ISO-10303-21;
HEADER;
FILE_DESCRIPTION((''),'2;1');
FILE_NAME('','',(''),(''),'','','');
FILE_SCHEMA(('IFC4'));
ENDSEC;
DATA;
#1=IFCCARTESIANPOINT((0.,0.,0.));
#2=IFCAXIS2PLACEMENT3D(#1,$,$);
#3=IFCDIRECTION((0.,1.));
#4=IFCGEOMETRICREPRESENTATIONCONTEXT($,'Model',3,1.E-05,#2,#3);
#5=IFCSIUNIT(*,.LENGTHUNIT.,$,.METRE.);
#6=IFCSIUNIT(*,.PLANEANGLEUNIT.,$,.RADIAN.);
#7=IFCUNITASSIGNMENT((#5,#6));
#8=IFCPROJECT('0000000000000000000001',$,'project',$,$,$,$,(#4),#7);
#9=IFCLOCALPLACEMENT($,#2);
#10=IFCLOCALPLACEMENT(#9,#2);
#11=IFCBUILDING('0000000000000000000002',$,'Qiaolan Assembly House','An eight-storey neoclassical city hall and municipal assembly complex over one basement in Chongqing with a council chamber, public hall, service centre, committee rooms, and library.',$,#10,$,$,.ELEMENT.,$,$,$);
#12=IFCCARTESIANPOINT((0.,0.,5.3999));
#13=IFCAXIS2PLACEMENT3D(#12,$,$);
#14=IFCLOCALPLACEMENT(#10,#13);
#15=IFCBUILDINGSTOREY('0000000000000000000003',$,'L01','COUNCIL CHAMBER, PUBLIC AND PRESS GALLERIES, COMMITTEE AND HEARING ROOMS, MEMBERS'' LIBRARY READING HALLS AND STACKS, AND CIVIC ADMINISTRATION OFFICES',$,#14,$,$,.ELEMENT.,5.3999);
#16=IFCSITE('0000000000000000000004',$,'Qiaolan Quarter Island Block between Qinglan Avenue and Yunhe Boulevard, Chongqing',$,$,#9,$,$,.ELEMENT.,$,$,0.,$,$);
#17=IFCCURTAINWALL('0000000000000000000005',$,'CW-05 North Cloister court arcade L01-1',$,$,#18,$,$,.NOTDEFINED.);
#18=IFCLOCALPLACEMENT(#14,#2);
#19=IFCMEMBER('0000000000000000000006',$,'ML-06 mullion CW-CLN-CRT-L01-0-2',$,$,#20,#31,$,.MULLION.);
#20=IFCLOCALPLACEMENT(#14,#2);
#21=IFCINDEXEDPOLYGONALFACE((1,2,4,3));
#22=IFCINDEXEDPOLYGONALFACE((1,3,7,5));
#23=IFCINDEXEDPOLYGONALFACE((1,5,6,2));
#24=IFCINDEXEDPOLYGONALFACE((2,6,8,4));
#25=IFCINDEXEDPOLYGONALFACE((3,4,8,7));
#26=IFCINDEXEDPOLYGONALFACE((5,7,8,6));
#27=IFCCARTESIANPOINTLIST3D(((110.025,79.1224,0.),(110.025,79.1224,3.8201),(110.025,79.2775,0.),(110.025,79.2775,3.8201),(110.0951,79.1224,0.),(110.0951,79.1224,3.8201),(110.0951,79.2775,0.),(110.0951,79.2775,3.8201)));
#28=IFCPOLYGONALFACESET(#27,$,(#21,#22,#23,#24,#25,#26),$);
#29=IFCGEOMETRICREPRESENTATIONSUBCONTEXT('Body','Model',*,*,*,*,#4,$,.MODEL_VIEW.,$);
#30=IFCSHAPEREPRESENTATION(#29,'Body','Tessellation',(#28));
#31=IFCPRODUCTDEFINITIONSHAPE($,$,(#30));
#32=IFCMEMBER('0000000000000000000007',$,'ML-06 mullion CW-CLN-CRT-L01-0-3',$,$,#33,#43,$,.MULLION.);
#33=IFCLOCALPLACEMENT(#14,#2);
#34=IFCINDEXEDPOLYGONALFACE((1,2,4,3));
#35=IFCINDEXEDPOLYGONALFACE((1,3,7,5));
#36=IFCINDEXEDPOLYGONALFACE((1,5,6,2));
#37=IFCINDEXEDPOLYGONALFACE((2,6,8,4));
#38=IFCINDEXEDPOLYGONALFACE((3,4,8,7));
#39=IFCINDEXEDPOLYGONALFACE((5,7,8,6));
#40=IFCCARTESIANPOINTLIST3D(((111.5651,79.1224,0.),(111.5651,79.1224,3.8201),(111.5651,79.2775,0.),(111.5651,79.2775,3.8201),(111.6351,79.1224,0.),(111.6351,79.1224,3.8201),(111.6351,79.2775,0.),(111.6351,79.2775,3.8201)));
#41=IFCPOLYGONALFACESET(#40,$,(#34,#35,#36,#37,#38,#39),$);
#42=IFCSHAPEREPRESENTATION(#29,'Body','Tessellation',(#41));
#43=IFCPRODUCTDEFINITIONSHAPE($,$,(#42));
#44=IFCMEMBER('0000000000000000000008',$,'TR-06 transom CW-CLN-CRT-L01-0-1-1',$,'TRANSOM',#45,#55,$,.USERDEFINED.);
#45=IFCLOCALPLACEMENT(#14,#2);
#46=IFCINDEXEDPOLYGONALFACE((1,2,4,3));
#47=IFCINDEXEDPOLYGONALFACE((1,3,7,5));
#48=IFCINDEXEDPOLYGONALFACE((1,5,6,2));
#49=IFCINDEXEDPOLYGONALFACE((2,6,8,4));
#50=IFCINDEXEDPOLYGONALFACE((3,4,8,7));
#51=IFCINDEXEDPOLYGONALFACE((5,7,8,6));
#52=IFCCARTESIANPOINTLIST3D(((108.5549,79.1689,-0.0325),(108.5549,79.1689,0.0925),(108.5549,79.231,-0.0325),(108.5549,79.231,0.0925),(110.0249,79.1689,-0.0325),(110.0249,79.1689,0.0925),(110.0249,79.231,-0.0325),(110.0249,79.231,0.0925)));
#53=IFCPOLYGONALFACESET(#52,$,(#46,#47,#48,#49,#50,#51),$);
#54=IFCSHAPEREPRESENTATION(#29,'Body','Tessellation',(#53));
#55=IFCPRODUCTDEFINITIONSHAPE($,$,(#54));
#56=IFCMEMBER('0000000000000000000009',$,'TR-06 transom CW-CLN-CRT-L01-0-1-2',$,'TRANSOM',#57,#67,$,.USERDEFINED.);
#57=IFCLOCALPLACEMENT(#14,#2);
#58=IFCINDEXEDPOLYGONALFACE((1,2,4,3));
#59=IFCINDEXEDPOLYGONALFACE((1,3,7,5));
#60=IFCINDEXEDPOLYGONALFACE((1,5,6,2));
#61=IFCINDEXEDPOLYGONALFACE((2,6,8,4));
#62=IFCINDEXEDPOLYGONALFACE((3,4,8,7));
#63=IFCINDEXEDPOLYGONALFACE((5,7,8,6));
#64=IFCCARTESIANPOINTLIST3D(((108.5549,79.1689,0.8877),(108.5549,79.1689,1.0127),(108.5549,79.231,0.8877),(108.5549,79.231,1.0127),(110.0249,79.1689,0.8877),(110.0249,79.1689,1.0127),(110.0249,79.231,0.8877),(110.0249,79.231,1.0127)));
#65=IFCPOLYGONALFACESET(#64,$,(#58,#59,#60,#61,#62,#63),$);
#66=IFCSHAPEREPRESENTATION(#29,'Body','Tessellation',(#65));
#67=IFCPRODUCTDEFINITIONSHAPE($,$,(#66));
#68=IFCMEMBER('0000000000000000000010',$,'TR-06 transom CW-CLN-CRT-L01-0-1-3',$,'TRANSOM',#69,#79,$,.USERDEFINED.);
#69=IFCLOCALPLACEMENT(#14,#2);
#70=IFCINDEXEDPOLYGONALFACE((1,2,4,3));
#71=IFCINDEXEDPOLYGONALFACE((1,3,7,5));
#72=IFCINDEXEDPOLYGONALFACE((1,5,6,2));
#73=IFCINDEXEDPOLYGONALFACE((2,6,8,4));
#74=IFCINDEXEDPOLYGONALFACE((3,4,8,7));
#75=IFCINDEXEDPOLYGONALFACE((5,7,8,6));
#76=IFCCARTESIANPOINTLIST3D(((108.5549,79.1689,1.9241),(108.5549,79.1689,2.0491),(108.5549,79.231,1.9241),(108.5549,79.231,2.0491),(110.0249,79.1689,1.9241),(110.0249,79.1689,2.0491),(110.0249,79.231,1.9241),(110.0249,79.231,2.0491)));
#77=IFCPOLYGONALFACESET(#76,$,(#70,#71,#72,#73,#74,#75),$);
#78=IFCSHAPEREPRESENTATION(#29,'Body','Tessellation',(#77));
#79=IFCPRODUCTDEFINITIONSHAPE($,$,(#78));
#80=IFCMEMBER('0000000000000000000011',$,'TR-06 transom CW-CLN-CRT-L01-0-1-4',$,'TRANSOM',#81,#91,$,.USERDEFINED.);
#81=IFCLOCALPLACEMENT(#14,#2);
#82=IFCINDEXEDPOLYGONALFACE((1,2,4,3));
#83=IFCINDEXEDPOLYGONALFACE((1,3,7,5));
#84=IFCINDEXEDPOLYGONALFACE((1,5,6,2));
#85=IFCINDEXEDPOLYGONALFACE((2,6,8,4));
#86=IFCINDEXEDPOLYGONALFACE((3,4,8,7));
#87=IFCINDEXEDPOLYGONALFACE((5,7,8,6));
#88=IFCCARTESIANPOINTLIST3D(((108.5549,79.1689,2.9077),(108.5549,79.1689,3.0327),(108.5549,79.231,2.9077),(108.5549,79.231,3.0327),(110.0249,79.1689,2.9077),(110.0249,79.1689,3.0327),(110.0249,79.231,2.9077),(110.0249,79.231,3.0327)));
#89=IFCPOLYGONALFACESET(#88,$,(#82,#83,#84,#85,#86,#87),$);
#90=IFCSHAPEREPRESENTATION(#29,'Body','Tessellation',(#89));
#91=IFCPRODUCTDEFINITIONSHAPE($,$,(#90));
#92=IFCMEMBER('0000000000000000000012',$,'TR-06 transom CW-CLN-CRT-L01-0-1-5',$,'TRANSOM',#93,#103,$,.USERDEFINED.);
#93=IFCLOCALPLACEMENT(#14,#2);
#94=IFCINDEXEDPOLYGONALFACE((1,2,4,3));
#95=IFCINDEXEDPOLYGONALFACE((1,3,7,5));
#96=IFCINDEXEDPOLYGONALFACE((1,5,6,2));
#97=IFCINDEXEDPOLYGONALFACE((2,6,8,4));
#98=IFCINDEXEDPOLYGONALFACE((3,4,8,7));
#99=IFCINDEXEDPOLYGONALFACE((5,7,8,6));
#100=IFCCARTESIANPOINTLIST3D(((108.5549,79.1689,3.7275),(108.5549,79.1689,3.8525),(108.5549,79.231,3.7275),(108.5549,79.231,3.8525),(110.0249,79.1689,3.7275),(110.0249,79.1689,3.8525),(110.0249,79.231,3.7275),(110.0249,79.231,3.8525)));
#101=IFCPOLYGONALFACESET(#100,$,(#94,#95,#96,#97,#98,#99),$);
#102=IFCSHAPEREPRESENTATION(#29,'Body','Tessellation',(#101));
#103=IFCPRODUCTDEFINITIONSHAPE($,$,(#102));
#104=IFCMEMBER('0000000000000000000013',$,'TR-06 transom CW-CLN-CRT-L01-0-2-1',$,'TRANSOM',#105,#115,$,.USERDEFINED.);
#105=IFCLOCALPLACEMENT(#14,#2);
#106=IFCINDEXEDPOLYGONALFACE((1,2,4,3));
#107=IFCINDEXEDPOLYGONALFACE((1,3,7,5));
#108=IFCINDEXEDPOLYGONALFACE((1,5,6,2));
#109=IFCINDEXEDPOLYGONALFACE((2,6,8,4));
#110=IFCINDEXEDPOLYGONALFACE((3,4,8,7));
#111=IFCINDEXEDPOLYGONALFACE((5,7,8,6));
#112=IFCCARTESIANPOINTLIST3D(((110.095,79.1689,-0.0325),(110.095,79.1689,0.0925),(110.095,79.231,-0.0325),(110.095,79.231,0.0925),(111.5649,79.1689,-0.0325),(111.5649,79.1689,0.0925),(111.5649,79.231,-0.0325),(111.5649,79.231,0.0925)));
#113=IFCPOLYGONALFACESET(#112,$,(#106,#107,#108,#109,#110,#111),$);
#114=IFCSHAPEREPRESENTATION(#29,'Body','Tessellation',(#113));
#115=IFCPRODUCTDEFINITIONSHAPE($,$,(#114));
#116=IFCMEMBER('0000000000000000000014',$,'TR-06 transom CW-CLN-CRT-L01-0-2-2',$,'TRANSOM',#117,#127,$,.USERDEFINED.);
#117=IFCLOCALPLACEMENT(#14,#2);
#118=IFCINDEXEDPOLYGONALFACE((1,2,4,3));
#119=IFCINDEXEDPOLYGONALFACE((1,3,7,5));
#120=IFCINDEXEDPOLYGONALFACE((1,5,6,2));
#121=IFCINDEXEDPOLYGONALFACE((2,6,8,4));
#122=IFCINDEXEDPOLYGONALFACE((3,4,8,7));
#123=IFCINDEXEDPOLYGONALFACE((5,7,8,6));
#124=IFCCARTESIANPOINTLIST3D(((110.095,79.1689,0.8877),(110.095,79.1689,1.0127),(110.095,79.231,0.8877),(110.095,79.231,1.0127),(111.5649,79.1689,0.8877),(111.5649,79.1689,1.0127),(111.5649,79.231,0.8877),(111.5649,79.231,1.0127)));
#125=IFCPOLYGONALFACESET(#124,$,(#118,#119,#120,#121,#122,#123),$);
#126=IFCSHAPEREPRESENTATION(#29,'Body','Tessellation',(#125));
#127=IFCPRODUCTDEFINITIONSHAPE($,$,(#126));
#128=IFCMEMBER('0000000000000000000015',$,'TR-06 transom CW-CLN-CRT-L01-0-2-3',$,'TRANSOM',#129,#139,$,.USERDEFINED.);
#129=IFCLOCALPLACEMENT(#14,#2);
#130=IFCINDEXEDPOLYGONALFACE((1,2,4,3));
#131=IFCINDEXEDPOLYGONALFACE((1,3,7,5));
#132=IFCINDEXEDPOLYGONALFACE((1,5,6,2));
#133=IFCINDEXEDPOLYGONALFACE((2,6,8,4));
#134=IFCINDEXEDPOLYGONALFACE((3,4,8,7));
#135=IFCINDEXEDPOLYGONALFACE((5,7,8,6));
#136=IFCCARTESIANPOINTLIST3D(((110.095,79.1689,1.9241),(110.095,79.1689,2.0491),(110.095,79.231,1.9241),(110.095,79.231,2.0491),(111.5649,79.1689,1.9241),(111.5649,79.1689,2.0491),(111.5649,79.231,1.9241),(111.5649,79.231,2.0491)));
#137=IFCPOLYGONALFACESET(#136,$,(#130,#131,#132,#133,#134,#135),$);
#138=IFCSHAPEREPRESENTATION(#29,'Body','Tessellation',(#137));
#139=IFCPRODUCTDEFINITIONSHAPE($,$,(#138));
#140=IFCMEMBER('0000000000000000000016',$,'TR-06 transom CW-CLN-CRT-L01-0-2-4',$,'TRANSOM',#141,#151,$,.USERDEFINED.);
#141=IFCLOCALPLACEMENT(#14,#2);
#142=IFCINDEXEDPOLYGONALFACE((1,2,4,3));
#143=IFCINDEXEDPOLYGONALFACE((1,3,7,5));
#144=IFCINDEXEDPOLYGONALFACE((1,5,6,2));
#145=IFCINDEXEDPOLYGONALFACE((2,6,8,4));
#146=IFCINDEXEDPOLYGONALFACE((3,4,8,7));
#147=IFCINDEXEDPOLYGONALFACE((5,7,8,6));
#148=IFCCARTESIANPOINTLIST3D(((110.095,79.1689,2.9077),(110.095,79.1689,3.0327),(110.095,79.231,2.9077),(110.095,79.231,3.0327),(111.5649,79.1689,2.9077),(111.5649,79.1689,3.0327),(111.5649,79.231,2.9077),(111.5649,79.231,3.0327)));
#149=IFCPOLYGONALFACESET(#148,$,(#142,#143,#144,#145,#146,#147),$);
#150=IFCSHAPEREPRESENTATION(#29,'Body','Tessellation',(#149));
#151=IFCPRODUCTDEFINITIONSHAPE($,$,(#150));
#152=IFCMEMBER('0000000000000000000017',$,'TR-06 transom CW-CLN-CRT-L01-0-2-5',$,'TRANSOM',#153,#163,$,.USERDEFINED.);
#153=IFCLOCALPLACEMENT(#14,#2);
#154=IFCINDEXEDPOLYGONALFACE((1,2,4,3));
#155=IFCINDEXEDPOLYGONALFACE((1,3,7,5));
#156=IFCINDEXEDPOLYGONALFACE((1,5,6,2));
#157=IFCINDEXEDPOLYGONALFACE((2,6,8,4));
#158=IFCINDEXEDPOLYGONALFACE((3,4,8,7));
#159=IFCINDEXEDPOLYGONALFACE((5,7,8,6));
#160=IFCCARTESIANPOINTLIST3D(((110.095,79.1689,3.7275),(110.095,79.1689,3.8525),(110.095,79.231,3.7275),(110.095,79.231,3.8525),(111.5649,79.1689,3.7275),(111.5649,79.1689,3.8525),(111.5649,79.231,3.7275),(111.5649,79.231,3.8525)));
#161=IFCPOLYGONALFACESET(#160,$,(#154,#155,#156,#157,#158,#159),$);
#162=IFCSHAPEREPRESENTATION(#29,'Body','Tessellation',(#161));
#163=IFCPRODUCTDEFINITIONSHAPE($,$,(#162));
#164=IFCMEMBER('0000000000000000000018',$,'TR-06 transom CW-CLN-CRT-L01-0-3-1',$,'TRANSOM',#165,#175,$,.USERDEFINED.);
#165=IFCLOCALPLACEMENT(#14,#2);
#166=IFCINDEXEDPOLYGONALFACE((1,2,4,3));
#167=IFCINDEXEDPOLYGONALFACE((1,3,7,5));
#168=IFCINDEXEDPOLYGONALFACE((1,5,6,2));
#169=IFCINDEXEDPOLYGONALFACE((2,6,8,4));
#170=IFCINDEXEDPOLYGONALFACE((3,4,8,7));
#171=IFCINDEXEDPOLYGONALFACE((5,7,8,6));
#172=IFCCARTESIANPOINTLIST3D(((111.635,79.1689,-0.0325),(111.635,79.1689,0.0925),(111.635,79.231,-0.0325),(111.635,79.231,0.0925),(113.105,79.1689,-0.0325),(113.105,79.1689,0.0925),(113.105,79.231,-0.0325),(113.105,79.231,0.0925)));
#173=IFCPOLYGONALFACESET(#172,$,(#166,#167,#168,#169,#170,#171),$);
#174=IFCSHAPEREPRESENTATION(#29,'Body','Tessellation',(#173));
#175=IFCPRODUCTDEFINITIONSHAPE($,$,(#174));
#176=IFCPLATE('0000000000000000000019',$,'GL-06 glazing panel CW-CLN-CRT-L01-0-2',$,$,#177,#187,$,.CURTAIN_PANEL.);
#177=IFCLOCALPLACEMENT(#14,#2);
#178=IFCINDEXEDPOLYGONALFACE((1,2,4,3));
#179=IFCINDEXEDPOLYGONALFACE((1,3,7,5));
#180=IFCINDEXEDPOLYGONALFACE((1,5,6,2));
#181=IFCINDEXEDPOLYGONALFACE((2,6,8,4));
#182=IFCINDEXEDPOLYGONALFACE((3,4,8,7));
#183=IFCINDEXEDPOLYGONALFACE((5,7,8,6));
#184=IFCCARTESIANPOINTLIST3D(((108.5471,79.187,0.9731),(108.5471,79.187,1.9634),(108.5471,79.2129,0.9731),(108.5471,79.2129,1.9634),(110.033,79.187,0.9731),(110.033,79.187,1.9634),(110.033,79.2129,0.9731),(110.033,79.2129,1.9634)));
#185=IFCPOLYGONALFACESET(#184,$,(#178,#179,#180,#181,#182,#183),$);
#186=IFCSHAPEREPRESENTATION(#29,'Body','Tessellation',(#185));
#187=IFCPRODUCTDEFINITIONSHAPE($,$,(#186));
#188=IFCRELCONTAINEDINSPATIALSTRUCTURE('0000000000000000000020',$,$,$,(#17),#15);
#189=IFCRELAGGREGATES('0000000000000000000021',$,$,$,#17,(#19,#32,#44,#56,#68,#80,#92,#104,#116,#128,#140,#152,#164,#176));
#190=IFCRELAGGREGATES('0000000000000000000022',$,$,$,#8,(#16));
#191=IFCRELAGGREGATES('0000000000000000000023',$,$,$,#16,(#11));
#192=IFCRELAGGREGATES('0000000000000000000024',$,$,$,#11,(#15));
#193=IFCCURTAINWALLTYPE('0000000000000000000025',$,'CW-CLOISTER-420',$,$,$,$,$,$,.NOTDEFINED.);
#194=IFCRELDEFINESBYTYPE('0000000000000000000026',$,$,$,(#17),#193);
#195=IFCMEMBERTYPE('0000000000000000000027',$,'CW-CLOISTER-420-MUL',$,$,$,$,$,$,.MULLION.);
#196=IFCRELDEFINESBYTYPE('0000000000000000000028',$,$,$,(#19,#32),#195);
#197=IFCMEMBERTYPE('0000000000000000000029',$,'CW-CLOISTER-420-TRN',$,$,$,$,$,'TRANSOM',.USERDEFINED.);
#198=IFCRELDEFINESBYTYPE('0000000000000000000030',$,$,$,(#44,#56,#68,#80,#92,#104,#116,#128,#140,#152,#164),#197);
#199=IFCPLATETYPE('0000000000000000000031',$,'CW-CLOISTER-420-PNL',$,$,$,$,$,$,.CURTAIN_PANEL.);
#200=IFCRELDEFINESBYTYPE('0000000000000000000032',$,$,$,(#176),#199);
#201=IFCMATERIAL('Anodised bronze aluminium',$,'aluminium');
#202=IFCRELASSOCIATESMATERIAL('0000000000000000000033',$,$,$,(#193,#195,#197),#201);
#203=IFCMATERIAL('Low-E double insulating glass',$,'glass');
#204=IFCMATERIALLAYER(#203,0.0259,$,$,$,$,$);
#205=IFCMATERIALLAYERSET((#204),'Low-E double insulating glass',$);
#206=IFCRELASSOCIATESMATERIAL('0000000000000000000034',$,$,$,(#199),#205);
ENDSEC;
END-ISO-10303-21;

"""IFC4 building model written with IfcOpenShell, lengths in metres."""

from ifc_helpers import new_model, si_unit, direction, frame, frame_2d, origin, origin_2d, place, context, subcontext, project, spatial, rectangle, extrude, material, layer, layer_set, material_profile, profile_set, type_object, element, aggregate, save


model = new_model("IFC4")

# Units and contexts
model_context = context("Model", 3, precision=1e-05, world=origin(), true_north=direction((0.0, 1.0)))
body_context = subcontext(model_context, "Body", "Model", "MODEL_VIEW")
ifc_project = project(units=[si_unit("LENGTHUNIT", "METRE"), si_unit("PLANEANGLEUNIT", "RADIAN")], contexts=[model_context])

# Site, building, storey
site_placement = place(None, origin())
site = spatial("IfcSite", under=ifc_project, at=site_placement, Name="Qiaolan Quarter Island Block between Qinglan Avenue and Yunhe Boulevard, Chongqing", CompositionType="ELEMENT", RefElevation=0.0)
building_placement = place(site_placement, origin())
building = spatial("IfcBuilding", under=site, at=building_placement, Name="Qiaolan Assembly House", Description="An eight-storey neoclassical city hall and municipal assembly complex over one basement in Chongqing with a council chamber, public hall, service centre, committee rooms, and library.", CompositionType="ELEMENT")
storey_placement = place(building_placement, frame((0.0, 0.0, 5.3999)))
storey = spatial("IfcBuildingStorey", under=building, at=storey_placement, Name="L01", Description="COUNCIL CHAMBER, PUBLIC AND PRESS GALLERIES, COMMITTEE AND HEARING ROOMS, MEMBERS' LIBRARY READING HALLS AND STACKS, AND CIVIC ADMINISTRATION OFFICES", CompositionType="ELEMENT", Elevation=5.3999)

# Curtain wall, members, plate
ifc_material_1 = material(Name="Anodised bronze aluminium", Category="aluminium")
curtain_wall_type = type_object("IfcCurtainWallType", Name="CW-CLOISTER-420", PredefinedType="NOTDEFINED", material=ifc_material_1)
curtain_wall_placement = place(storey_placement, origin())
curtain_wall = element("IfcCurtainWall", 1, at=curtain_wall_placement, inside=storey, type_object=curtain_wall_type, Name="CW-05 North Cloister court arcade L01-1", PredefinedType="NOTDEFINED")
ifc_material_profile_1 = material_profile(ifc_material_1, rectangle(XDim=0.0701, YDim=0.155, at=origin_2d()), Name="MUL 70x155")
ifc_profile_set_1 = profile_set([ifc_material_profile_1], Name="Anodised bronze aluminium")
member_type_1 = type_object("IfcMemberType", Name="CW-CLOISTER-420-MUL", PredefinedType="MULLION", material=ifc_profile_set_1)
member_1_placement = place(storey_placement, frame((110.0601, 79.2, 0.0), z_axis=(0.0, 0.0, 1.0), x_axis=(1.0, 0.0, 0.0)))
member_1 = element("IfcMember", 2, at=member_1_placement, type_object=member_type_1, Name="ML-06 mullion CW-CLN-CRT-L01-0-2", PredefinedType="MULLION", context=body_context, shape_type="SweptSolid", body=[
    extrude(rectangle(XDim=0.0701, YDim=0.155, at=origin_2d()), origin(), (0.0, 0.0, 1.0), 3.8201),
])
member_2_placement = place(storey_placement, frame((111.6001, 79.2, 0.0), z_axis=(0.0, 0.0, 1.0), x_axis=(1.0, 0.0, 0.0)))
member_2 = element("IfcMember", 3, at=member_2_placement, type_object=member_type_1, Name="ML-06 mullion CW-CLN-CRT-L01-0-3", PredefinedType="MULLION", context=body_context, shape_type="SweptSolid", body=[
    extrude(rectangle(XDim=0.0701, YDim=0.155, at=origin_2d()), origin(), (0.0, 0.0, 1.0), 3.8201),
])
ifc_material_profile_2 = material_profile(ifc_material_1, rectangle(XDim=0.062, YDim=0.125, at=origin_2d()), Name="TRN 62x125")
ifc_profile_set_2 = profile_set([ifc_material_profile_2], Name="Anodised bronze aluminium")
member_type_2 = type_object("IfcMemberType", Name="CW-CLOISTER-420-TRN", ElementType="TRANSOM", PredefinedType="USERDEFINED", material=ifc_profile_set_2)
member_3_placement = place(storey_placement, frame((108.5549, 79.2, 0.03), z_axis=(1.0, 0.0, 0.0), x_axis=(0.0, 1.0, 0.0)))
member_3 = element("IfcMember", 4, at=member_3_placement, type_object=member_type_2, Name="TR-06 transom CW-CLN-CRT-L01-0-1-1", ObjectType="TRANSOM", PredefinedType="USERDEFINED", context=body_context, shape_type="SweptSolid", body=[
    extrude(rectangle(XDim=0.062, YDim=0.125, at=origin_2d()), origin(), (0.0, 0.0, 1.0), 1.47),
])
member_4_placement = place(storey_placement, frame((108.5549, 79.2, 0.9502), z_axis=(1.0, 0.0, 0.0), x_axis=(0.0, 1.0, 0.0)))
member_4 = element("IfcMember", 5, at=member_4_placement, type_object=member_type_2, Name="TR-06 transom CW-CLN-CRT-L01-0-1-2", ObjectType="TRANSOM", PredefinedType="USERDEFINED", context=body_context, shape_type="SweptSolid", body=[
    extrude(rectangle(XDim=0.062, YDim=0.125, at=origin_2d()), origin(), (0.0, 0.0, 1.0), 1.47),
])
member_5_placement = place(storey_placement, frame((108.5549, 79.2, 1.9866), z_axis=(1.0, 0.0, 0.0), x_axis=(0.0, 1.0, 0.0)))
member_5 = element("IfcMember", 6, at=member_5_placement, type_object=member_type_2, Name="TR-06 transom CW-CLN-CRT-L01-0-1-3", ObjectType="TRANSOM", PredefinedType="USERDEFINED", context=body_context, shape_type="SweptSolid", body=[
    extrude(rectangle(XDim=0.062, YDim=0.125, at=origin_2d()), origin(), (0.0, 0.0, 1.0), 1.47),
])
member_6_placement = place(storey_placement, frame((108.5549, 79.2, 2.9702), z_axis=(1.0, 0.0, 0.0), x_axis=(0.0, 1.0, 0.0)))
member_6 = element("IfcMember", 7, at=member_6_placement, type_object=member_type_2, Name="TR-06 transom CW-CLN-CRT-L01-0-1-4", ObjectType="TRANSOM", PredefinedType="USERDEFINED", context=body_context, shape_type="SweptSolid", body=[
    extrude(rectangle(XDim=0.062, YDim=0.125, at=origin_2d()), origin(), (0.0, 0.0, 1.0), 1.47),
])
member_7_placement = place(storey_placement, frame((108.5549, 79.2, 3.79), z_axis=(1.0, 0.0, 0.0), x_axis=(0.0, 1.0, 0.0)))
member_7 = element("IfcMember", 8, at=member_7_placement, type_object=member_type_2, Name="TR-06 transom CW-CLN-CRT-L01-0-1-5", ObjectType="TRANSOM", PredefinedType="USERDEFINED", context=body_context, shape_type="SweptSolid", body=[
    extrude(rectangle(XDim=0.062, YDim=0.125, at=origin_2d()), origin(), (0.0, 0.0, 1.0), 1.47),
])
member_8_placement = place(storey_placement, frame((110.095, 79.2, 0.03), z_axis=(1.0, 0.0, 0.0), x_axis=(0.0, 1.0, 0.0)))
member_8 = element("IfcMember", 9, at=member_8_placement, type_object=member_type_2, Name="TR-06 transom CW-CLN-CRT-L01-0-2-1", ObjectType="TRANSOM", PredefinedType="USERDEFINED", context=body_context, shape_type="SweptSolid", body=[
    extrude(rectangle(XDim=0.062, YDim=0.125, at=origin_2d()), origin(), (0.0, 0.0, 1.0), 1.47),
])
member_9_placement = place(storey_placement, frame((110.095, 79.2, 0.9502), z_axis=(1.0, 0.0, 0.0), x_axis=(0.0, 1.0, 0.0)))
member_9 = element("IfcMember", 10, at=member_9_placement, type_object=member_type_2, Name="TR-06 transom CW-CLN-CRT-L01-0-2-2", ObjectType="TRANSOM", PredefinedType="USERDEFINED", context=body_context, shape_type="SweptSolid", body=[
    extrude(rectangle(XDim=0.062, YDim=0.125, at=origin_2d()), origin(), (0.0, 0.0, 1.0), 1.47),
])
member_10_placement = place(storey_placement, frame((110.095, 79.2, 1.9866), z_axis=(1.0, 0.0, 0.0), x_axis=(0.0, 1.0, 0.0)))
member_10 = element("IfcMember", 11, at=member_10_placement, type_object=member_type_2, Name="TR-06 transom CW-CLN-CRT-L01-0-2-3", ObjectType="TRANSOM", PredefinedType="USERDEFINED", context=body_context, shape_type="SweptSolid", body=[
    extrude(rectangle(XDim=0.062, YDim=0.125, at=origin_2d()), origin(), (0.0, 0.0, 1.0), 1.47),
])
member_11_placement = place(storey_placement, frame((110.095, 79.2, 2.9702), z_axis=(1.0, 0.0, 0.0), x_axis=(0.0, 1.0, 0.0)))
member_11 = element("IfcMember", 12, at=member_11_placement, type_object=member_type_2, Name="TR-06 transom CW-CLN-CRT-L01-0-2-4", ObjectType="TRANSOM", PredefinedType="USERDEFINED", context=body_context, shape_type="SweptSolid", body=[
    extrude(rectangle(XDim=0.062, YDim=0.125, at=origin_2d()), origin(), (0.0, 0.0, 1.0), 1.47),
])
member_12_placement = place(storey_placement, frame((110.095, 79.2, 3.79), z_axis=(1.0, 0.0, 0.0), x_axis=(0.0, 1.0, 0.0)))
member_12 = element("IfcMember", 13, at=member_12_placement, type_object=member_type_2, Name="TR-06 transom CW-CLN-CRT-L01-0-2-5", ObjectType="TRANSOM", PredefinedType="USERDEFINED", context=body_context, shape_type="SweptSolid", body=[
    extrude(rectangle(XDim=0.062, YDim=0.125, at=origin_2d()), origin(), (0.0, 0.0, 1.0), 1.47),
])
member_13_placement = place(storey_placement, frame((111.635, 79.2, 0.03), z_axis=(1.0, 0.0, 0.0), x_axis=(0.0, 1.0, 0.0)))
member_13 = element("IfcMember", 14, at=member_13_placement, type_object=member_type_2, Name="TR-06 transom CW-CLN-CRT-L01-0-3-1", ObjectType="TRANSOM", PredefinedType="USERDEFINED", context=body_context, shape_type="SweptSolid", body=[
    extrude(rectangle(XDim=0.062, YDim=0.125, at=origin_2d()), origin(), (0.0, 0.0, 1.0), 1.47),
])
ifc_material_2 = material(Name="Low-E double insulating glass", Category="glass")
ifc_layer = layer(ifc_material_2, 0.0259)
ifc_layer_set = layer_set([ifc_layer], Name="Low-E double insulating glass")
plate_type = type_object("IfcPlateType", Name="CW-CLOISTER-420-PNL", PredefinedType="CURTAIN_PANEL", material=ifc_layer_set)
plate_1_placement = place(storey_placement, frame((108.5471, 79.2, 0.9731), z_axis=(0.0, 0.0, 1.0), x_axis=(1.0, 0.0, 0.0)))
plate_1 = element("IfcPlate", 15, at=plate_1_placement, type_object=plate_type, Name="GL-06 glazing panel CW-CLN-CRT-L01-0-2", PredefinedType="CURTAIN_PANEL", context=body_context, shape_type="SweptSolid", body=[
    extrude(rectangle(XDim=1.4858, YDim=0.0259, at=frame_2d((0.7429, 0.0))), origin(), (0.0, 0.0, 1.0), 0.9902),
])
aggregate(curtain_wall, [member_1, member_2, member_3, member_4, member_5, member_6, member_7, member_8, member_9, member_10, member_11, member_12, member_13, plate_1])

save(model, "model.ifc")
